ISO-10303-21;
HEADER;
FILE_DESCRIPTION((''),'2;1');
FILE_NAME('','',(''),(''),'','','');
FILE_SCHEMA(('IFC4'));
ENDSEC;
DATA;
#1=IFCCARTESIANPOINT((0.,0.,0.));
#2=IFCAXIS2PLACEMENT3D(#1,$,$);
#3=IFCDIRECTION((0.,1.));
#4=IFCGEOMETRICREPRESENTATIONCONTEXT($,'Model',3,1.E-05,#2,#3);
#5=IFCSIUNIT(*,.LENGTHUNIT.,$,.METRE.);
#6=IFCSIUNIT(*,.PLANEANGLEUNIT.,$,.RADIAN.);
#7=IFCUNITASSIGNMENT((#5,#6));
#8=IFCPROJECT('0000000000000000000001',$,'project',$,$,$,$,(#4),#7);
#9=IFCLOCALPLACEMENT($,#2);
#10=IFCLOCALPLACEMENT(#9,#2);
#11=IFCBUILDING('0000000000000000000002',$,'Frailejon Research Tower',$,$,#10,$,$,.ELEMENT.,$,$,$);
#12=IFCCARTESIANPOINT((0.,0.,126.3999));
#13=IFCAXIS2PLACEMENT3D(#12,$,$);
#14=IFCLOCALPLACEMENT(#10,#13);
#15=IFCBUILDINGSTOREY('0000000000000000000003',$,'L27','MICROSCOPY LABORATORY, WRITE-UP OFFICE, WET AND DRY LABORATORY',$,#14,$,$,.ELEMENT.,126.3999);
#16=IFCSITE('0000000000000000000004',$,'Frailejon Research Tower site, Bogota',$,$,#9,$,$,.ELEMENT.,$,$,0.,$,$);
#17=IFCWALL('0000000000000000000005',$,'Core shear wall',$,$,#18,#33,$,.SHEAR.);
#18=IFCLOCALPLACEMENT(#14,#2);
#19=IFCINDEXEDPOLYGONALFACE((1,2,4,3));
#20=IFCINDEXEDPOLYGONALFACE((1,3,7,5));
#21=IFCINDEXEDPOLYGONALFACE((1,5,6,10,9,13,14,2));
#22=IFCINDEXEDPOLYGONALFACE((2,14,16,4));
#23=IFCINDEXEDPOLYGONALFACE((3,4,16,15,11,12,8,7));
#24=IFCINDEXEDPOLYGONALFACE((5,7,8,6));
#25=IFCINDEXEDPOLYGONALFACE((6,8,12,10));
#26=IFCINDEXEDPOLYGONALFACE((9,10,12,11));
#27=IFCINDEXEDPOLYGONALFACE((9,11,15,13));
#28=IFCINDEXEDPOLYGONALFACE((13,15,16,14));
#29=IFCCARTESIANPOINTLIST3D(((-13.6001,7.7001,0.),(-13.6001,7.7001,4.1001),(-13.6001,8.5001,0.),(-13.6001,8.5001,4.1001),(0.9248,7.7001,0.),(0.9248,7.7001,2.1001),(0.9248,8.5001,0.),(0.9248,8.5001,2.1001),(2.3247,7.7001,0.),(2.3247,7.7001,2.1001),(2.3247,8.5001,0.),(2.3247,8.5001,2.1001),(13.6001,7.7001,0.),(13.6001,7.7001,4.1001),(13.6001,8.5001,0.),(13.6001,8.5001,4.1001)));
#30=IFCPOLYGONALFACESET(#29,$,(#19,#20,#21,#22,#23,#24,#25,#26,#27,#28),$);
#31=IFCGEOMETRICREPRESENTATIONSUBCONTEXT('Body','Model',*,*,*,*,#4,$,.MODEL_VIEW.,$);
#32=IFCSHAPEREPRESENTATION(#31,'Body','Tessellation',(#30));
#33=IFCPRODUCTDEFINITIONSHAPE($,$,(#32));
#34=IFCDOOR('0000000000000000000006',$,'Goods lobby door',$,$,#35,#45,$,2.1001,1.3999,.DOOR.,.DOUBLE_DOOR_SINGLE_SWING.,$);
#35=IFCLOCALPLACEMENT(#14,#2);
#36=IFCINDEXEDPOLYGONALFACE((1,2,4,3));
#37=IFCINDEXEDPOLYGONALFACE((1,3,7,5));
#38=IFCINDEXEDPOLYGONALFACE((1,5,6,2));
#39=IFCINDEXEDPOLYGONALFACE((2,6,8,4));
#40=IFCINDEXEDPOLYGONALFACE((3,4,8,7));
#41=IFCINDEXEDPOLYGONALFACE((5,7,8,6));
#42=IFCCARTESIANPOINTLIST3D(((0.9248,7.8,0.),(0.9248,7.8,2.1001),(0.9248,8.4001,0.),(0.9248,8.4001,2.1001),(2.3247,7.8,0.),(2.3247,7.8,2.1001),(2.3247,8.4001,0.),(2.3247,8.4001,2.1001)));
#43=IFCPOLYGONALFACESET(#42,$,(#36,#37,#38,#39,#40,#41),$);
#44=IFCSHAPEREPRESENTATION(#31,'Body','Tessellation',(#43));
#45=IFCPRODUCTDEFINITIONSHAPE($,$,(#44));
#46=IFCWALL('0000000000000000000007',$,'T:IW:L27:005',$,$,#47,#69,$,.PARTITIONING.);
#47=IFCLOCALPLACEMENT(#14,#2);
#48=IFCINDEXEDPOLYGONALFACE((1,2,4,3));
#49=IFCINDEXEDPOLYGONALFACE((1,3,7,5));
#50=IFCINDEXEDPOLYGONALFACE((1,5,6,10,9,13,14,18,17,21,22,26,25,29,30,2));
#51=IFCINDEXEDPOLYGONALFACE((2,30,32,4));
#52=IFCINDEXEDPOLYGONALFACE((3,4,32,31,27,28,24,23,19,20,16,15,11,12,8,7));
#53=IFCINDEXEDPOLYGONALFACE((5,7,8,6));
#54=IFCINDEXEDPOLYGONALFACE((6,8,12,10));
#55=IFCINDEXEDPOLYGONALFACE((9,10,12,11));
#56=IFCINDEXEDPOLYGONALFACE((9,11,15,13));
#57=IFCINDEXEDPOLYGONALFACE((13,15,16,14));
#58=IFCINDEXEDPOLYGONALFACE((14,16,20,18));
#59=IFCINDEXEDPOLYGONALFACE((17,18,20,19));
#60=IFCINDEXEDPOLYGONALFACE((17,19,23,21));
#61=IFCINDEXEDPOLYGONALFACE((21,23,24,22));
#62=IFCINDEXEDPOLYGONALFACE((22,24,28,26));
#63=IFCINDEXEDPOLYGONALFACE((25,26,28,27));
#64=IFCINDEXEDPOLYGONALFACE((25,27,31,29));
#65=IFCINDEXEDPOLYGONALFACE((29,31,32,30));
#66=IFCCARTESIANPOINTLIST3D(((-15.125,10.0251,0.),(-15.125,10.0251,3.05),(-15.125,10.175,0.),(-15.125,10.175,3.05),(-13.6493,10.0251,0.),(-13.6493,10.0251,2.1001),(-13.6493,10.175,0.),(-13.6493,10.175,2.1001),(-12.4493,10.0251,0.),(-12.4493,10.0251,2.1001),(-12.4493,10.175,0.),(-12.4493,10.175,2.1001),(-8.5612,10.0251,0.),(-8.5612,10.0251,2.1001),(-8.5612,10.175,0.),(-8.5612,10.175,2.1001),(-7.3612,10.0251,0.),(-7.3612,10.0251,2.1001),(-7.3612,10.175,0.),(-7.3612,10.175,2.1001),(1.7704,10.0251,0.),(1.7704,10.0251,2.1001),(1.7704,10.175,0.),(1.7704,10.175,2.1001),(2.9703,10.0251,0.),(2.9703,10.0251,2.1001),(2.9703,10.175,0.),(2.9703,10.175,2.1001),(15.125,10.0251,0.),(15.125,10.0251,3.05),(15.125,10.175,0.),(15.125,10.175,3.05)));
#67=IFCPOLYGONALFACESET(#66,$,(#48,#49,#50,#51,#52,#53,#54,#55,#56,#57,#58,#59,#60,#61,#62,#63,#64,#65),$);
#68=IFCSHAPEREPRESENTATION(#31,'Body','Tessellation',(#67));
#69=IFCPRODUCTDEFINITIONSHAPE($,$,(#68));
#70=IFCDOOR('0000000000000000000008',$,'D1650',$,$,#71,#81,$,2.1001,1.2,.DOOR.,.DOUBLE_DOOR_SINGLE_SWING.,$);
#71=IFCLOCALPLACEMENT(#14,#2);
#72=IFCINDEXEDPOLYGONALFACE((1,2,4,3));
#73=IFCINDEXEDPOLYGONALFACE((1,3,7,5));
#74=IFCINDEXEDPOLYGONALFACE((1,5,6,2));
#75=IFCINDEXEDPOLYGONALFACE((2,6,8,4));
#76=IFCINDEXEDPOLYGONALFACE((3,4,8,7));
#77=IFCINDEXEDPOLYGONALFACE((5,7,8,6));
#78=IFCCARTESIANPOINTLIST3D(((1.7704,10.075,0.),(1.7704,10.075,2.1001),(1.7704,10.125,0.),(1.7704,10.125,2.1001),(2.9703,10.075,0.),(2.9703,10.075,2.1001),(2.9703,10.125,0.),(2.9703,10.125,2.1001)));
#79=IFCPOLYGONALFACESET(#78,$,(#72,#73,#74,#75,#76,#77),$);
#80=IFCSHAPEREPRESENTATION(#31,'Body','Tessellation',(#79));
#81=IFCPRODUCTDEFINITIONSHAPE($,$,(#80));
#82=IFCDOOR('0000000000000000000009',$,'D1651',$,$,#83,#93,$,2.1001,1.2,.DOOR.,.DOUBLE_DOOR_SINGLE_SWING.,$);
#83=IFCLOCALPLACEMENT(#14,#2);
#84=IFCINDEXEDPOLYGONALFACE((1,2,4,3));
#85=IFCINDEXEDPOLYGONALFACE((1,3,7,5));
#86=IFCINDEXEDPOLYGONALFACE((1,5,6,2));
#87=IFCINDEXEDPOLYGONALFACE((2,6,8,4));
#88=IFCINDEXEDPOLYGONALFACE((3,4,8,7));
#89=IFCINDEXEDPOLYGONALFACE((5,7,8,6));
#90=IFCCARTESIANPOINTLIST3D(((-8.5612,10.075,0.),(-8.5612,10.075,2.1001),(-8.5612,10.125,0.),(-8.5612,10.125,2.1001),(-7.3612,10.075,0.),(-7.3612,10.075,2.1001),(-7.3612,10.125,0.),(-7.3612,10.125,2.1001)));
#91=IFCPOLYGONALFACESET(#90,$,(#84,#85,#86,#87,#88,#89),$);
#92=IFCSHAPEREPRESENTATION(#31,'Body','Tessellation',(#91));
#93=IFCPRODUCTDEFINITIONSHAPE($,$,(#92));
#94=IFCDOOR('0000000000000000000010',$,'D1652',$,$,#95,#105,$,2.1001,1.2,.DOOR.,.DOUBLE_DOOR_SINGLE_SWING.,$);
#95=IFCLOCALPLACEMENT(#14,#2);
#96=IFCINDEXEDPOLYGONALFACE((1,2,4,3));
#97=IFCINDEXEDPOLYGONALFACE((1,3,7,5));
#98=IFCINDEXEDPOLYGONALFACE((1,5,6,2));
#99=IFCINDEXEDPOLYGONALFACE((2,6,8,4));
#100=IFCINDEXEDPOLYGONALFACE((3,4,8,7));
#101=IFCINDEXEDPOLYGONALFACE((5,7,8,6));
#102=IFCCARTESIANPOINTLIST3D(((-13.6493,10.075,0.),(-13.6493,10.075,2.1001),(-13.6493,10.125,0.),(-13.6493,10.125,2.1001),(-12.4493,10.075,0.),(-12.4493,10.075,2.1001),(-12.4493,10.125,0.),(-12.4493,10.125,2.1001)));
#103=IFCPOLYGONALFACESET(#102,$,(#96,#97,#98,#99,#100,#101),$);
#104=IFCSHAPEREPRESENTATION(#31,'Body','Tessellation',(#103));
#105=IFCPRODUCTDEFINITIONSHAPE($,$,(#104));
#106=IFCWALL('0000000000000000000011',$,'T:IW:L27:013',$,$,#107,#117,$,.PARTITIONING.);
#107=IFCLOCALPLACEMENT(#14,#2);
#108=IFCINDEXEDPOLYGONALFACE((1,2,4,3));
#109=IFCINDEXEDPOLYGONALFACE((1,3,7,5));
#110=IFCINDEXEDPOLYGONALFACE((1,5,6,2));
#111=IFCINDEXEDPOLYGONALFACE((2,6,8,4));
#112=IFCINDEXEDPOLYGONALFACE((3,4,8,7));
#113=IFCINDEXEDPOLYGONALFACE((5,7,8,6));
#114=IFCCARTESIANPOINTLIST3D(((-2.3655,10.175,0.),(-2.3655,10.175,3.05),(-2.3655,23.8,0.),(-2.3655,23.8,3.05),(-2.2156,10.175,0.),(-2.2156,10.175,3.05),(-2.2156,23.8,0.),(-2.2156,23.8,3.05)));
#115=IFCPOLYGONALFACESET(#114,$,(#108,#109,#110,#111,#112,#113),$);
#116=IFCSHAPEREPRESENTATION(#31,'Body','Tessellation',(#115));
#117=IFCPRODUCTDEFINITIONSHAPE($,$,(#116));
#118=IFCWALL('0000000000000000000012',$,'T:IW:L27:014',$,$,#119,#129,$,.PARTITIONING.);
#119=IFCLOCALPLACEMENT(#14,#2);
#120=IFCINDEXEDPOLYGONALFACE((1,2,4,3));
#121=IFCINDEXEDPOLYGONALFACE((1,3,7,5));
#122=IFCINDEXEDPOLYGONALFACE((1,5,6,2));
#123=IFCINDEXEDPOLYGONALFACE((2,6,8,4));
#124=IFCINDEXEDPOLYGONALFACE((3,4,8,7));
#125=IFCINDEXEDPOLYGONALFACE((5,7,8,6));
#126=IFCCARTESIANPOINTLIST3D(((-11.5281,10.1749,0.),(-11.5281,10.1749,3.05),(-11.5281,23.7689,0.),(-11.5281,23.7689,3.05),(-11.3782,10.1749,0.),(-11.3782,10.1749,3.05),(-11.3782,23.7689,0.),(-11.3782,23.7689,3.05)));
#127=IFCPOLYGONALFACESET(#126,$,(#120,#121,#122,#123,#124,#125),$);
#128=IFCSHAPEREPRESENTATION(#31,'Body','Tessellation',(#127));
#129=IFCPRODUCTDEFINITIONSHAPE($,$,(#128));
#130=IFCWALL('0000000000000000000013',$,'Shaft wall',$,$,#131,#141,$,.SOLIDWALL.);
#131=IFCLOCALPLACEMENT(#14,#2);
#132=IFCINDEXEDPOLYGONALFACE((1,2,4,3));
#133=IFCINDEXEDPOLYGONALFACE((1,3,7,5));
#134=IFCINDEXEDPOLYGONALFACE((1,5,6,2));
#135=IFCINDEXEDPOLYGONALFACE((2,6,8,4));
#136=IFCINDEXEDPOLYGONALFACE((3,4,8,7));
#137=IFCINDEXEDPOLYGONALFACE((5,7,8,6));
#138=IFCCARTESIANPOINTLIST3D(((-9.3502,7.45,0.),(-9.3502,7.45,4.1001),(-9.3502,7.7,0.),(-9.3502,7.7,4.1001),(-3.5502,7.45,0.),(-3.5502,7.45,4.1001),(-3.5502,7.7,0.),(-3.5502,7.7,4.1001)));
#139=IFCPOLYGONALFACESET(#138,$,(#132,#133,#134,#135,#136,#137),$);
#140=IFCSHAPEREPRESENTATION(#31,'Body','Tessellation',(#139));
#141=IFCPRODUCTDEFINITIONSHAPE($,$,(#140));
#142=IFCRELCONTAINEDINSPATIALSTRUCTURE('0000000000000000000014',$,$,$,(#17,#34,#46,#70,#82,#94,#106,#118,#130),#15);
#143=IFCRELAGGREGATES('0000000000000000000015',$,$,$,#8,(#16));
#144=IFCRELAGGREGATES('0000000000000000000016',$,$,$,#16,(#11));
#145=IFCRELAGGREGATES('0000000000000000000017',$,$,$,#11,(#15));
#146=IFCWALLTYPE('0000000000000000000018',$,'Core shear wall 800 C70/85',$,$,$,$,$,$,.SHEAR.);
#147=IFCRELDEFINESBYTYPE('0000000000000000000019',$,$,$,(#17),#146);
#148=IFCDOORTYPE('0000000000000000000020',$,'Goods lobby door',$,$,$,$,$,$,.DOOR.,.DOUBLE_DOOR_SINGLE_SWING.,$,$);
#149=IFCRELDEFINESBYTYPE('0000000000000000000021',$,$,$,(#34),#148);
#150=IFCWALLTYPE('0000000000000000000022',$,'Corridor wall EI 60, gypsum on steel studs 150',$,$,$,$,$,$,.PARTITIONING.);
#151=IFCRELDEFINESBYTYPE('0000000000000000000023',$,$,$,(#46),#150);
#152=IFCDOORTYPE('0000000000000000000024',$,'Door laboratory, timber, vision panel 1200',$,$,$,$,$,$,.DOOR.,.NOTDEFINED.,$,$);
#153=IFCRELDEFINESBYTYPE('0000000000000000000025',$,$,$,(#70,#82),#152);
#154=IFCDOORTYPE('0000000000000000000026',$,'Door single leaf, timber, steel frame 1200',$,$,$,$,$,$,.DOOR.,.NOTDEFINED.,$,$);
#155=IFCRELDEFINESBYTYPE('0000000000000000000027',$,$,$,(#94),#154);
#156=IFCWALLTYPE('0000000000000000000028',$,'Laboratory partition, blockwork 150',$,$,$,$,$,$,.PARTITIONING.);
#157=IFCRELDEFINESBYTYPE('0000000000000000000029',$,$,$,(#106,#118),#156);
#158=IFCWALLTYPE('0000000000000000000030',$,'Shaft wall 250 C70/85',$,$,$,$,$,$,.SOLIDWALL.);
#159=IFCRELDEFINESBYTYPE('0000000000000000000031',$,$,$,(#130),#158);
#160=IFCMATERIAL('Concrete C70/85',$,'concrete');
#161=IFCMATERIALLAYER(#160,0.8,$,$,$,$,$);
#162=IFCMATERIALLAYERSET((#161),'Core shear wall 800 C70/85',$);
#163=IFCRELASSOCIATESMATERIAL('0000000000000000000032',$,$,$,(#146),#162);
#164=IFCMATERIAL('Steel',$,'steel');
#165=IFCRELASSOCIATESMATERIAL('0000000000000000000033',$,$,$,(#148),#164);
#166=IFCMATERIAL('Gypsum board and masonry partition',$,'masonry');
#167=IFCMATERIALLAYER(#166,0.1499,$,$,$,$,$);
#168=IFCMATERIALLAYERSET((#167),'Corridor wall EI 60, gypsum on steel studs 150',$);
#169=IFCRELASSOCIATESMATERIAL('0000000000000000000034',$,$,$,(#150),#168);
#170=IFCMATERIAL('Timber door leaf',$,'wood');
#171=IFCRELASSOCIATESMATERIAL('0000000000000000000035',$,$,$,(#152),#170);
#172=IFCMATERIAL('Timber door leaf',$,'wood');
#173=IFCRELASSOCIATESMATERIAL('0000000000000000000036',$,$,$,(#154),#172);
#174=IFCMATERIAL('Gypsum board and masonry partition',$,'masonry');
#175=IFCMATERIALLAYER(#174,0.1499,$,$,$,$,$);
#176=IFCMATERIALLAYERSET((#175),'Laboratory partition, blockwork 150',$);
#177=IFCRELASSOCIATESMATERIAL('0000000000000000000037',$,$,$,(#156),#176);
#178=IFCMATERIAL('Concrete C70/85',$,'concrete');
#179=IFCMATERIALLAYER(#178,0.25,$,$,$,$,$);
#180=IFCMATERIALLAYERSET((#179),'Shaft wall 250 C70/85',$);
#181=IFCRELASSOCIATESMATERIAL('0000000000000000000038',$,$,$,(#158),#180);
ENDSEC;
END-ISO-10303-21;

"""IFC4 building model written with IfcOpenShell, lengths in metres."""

from ifc_helpers import new_model, si_unit, direction, frame, frame_2d, origin, place, context, subcontext, project, spatial, rectangle, extrude, material, layer, layer_set, type_object, element, fill, save


model = new_model("IFC4")

# Units and contexts
model_context = context("Model", 3, precision=1e-05, world=origin(), true_north=direction((0.0, 1.0)))
body_context = subcontext(model_context, "Body", "Model", "MODEL_VIEW")
ifc_project = project(units=[si_unit("LENGTHUNIT", "METRE"), si_unit("PLANEANGLEUNIT", "RADIAN")], contexts=[model_context])

# Site, building, storey
site_placement = place(None, origin())
site = spatial("IfcSite", under=ifc_project, at=site_placement, Name="Frailejon Research Tower site, Bogota", CompositionType="ELEMENT", RefElevation=0.0)
building_placement = place(site_placement, origin())
building = spatial("IfcBuilding", under=site, at=building_placement, Name="Frailejon Research Tower", CompositionType="ELEMENT")
storey_placement = place(building_placement, frame((0.0, 0.0, 126.3999)))
storey = spatial("IfcBuildingStorey", under=building, at=storey_placement, Name="L27", Description="MICROSCOPY LABORATORY, WRITE-UP OFFICE, WET AND DRY LABORATORY", CompositionType="ELEMENT", Elevation=126.3999)

# Wall, opening, door
ifc_material_1 = material(Name="Concrete C70/85", Category="concrete")
ifc_layer_1 = layer(ifc_material_1, 0.8)
ifc_layer_set_1 = layer_set([ifc_layer_1], Name="Core shear wall 800 C70/85")
wall_type_1 = type_object("IfcWallType", Name="Core shear wall 800 C70/85", PredefinedType="SHEAR", material=ifc_layer_set_1)
wall_1_placement = place(storey_placement, frame((-13.6001, 8.1001, 0.0), z_axis=(0.0, 0.0, 1.0), x_axis=(1.0, 0.0, 0.0)))
wall_1 = element("IfcWall", 1, at=wall_1_placement, inside=storey, type_object=wall_type_1, Name="Core shear wall", PredefinedType="SHEAR", context=body_context, shape_type="SweptSolid", body=[
    extrude(rectangle(XDim=27.2002, YDim=0.8, at=frame_2d((13.6001, 0.0))), origin(), (0.0, 0.0, 1.0), 4.1001),
])
opening_1_placement = place(wall_1_placement, frame((14.5249, 0.0, 0.0)))
opening_1 = element("IfcOpeningElement", 2, at=opening_1_placement, cuts=wall_1, PredefinedType="OPENING", context=body_context, shape_type="SweptSolid", body=[
    extrude(rectangle(XDim=1.3999, YDim=2.1001, at=frame_2d((0.7, 1.05))), frame((0.0, 0.4099, 0.0), z_axis=(0.0, -1.0, 0.0), x_axis=(1.0, 0.0, 0.0)), (0.0, 0.0, 1.0), 0.8201),
])
ifc_material_2 = material(Name="Steel", Category="steel")
door_type_1 = type_object("IfcDoorType", Name="Goods lobby door", OperationType="DOUBLE_DOOR_SINGLE_SWING", PredefinedType="DOOR", material=ifc_material_2)
door_1_placement = place(opening_1_placement, origin())
door_1 = element("IfcDoor", 3, at=door_1_placement, inside=storey, type_object=door_type_1, Name="Goods lobby door", OperationType="DOUBLE_DOOR_SINGLE_SWING", OverallHeight=2.1001, OverallWidth=1.3999, PredefinedType="DOOR", context=body_context, shape_type="SweptSolid", body=[
    extrude(rectangle(XDim=1.3999, YDim=2.1001, at=frame_2d((0.7, 1.05))), frame((0.0, 0.3, 0.0), z_axis=(0.0, -1.0, 0.0), x_axis=(1.0, 0.0, 0.0)), (0.0, 0.0, 1.0), 0.6001),
])
fill(opening_1, door_1)

# Wall, openings, doors
ifc_material_3 = material(Name="Gypsum board and masonry partition", Category="masonry")
ifc_layer_2 = layer(ifc_material_3, 0.1499)
ifc_layer_set_2 = layer_set([ifc_layer_2], Name="Corridor wall EI 60, gypsum on steel studs 150")
wall_type_2 = type_object("IfcWallType", Name="Corridor wall EI 60, gypsum on steel studs 150", PredefinedType="PARTITIONING", material=ifc_layer_set_2)
wall_2_placement = place(storey_placement, frame((-15.125, 10.1001, 0.0), z_axis=(0.0, 0.0, 1.0), x_axis=(1.0, 0.0, 0.0)))
wall_2 = element("IfcWall", 4, at=wall_2_placement, inside=storey, type_object=wall_type_2, Name="T:IW:L27:005", PredefinedType="PARTITIONING", context=body_context, shape_type="SweptSolid", body=[
    extrude(rectangle(XDim=30.25, YDim=0.1499, at=frame_2d((15.125, 0.0))), origin(), (0.0, 0.0, 1.0), 3.05),
])
opening_2_placement = place(wall_2_placement, frame((16.8953, 0.0, 0.0)))
opening_2 = element("IfcOpeningElement", 5, at=opening_2_placement, cuts=wall_2, PredefinedType="OPENING", context=body_context, shape_type="SweptSolid", body=[
    extrude(rectangle(XDim=1.2, YDim=2.1001, at=frame_2d((0.6001, 1.05))), frame((0.0, 0.085, 0.0), z_axis=(0.0, -1.0, 0.0), x_axis=(1.0, 0.0, 0.0)), (0.0, 0.0, 1.0), 0.1699),
])
opening_3_placement = place(wall_2_placement, frame((6.5637, 0.0, 0.0)))
opening_3 = element("IfcOpeningElement", 6, at=opening_3_placement, cuts=wall_2, PredefinedType="OPENING", context=body_context, shape_type="SweptSolid", body=[
    extrude(rectangle(XDim=1.2, YDim=2.1001, at=frame_2d((0.6001, 1.05))), frame((0.0, 0.085, 0.0), z_axis=(0.0, -1.0, 0.0), x_axis=(1.0, 0.0, 0.0)), (0.0, 0.0, 1.0), 0.1699),
])
opening_4_placement = place(wall_2_placement, frame((1.4756, 0.0, 0.0)))
opening_4 = element("IfcOpeningElement", 7, at=opening_4_placement, cuts=wall_2, PredefinedType="OPENING", context=body_context, shape_type="SweptSolid", body=[
    extrude(rectangle(XDim=1.2, YDim=2.1001, at=frame_2d((0.6001, 1.05))), frame((0.0, 0.085, 0.0), z_axis=(0.0, -1.0, 0.0), x_axis=(1.0, 0.0, 0.0)), (0.0, 0.0, 1.0), 0.1699),
])
ifc_material_4 = material(Name="Timber door leaf", Category="wood")
door_type_2 = type_object("IfcDoorType", Name="Door laboratory, timber, vision panel 1200", OperationType="NOTDEFINED", PredefinedType="DOOR", material=ifc_material_4)
door_2_placement = place(opening_2_placement, origin())
door_2 = element("IfcDoor", 8, at=door_2_placement, inside=storey, type_object=door_type_2, Name="D1650", OperationType="DOUBLE_DOOR_SINGLE_SWING", OverallHeight=2.1001, OverallWidth=1.2, PredefinedType="DOOR", context=body_context, shape_type="SweptSolid", body=[
    extrude(rectangle(XDim=1.2, YDim=2.1001, at=frame_2d((0.6001, 1.05))), frame((0.0, 0.0249, 0.0), z_axis=(0.0, -1.0, 0.0), x_axis=(1.0, 0.0, 0.0)), (0.0, 0.0, 1.0), 0.05),
])
fill(opening_2, door_2)
door_3_placement = place(opening_3_placement, origin())
door_3 = element("IfcDoor", 9, at=door_3_placement, inside=storey, type_object=door_type_2, Name="D1651", OperationType="DOUBLE_DOOR_SINGLE_SWING", OverallHeight=2.1001, OverallWidth=1.2, PredefinedType="DOOR", context=body_context, shape_type="SweptSolid", body=[
    extrude(rectangle(XDim=1.2, YDim=2.1001, at=frame_2d((0.6001, 1.05))), frame((0.0, 0.0249, 0.0), z_axis=(0.0, -1.0, 0.0), x_axis=(1.0, 0.0, 0.0)), (0.0, 0.0, 1.0), 0.05),
])
fill(opening_3, door_3)
ifc_material_5 = material(Name="Timber door leaf", Category="wood")
door_type_3 = type_object("IfcDoorType", Name="Door single leaf, timber, steel frame 1200", OperationType="NOTDEFINED", PredefinedType="DOOR", material=ifc_material_5)
door_4_placement = place(opening_4_placement, origin())
door_4 = element("IfcDoor", 10, at=door_4_placement, inside=storey, type_object=door_type_3, Name="D1652", OperationType="DOUBLE_DOOR_SINGLE_SWING", OverallHeight=2.1001, OverallWidth=1.2, PredefinedType="DOOR", context=body_context, shape_type="SweptSolid", body=[
    extrude(rectangle(XDim=1.2, YDim=2.1001, at=frame_2d((0.6001, 1.05))), frame((0.0, 0.0249, 0.0), z_axis=(0.0, -1.0, 0.0), x_axis=(1.0, 0.0, 0.0)), (0.0, 0.0, 1.0), 0.05),
])
fill(opening_4, door_4)

# Walls
ifc_material_6 = material(Name="Gypsum board and masonry partition", Category="masonry")
ifc_layer_3 = layer(ifc_material_6, 0.1499)
ifc_layer_set_3 = layer_set([ifc_layer_3], Name="Laboratory partition, blockwork 150")
wall_type_3 = type_object("IfcWallType", Name="Laboratory partition, blockwork 150", PredefinedType="PARTITIONING", material=ifc_layer_set_3)
wall_3_placement = place(storey_placement, frame((-2.2905, 10.175, 0.0), z_axis=(0.0, 0.0, 1.0), x_axis=(0.0, 1.0, 0.0)))
element("IfcWall", 11, at=wall_3_placement, inside=storey, type_object=wall_type_3, Name="T:IW:L27:013", PredefinedType="PARTITIONING", context=body_context, shape_type="SweptSolid", body=[
    extrude(rectangle(XDim=13.625, YDim=0.1499, at=frame_2d((6.8125, 0.0))), origin(), (0.0, 0.0, 1.0), 3.05),
])
wall_4_placement = place(storey_placement, frame((-11.4531, 10.175, 0.0), z_axis=(0.0, 0.0, 1.0), x_axis=(0.0, 1.0, 0.0)))
element("IfcWall", 12, at=wall_4_placement, inside=storey, type_object=wall_type_3, Name="T:IW:L27:014", PredefinedType="PARTITIONING", context=body_context, shape_type="SweptSolid", body=[
    extrude(rectangle(XDim=13.594, YDim=0.1499, at=frame_2d((6.7969, 0.0))), origin(), (0.0, 0.0, 1.0), 3.05),
])
ifc_material_7 = material(Name="Concrete C70/85", Category="concrete")
ifc_layer_4 = layer(ifc_material_7, 0.25)
ifc_layer_set_4 = layer_set([ifc_layer_4], Name="Shaft wall 250 C70/85")
wall_type_4 = type_object("IfcWallType", Name="Shaft wall 250 C70/85", PredefinedType="SOLIDWALL", material=ifc_layer_set_4)
wall_5_placement = place(storey_placement, frame((-9.3501, 7.575, 0.0), z_axis=(0.0, 0.0, 1.0), x_axis=(1.0, 0.0, 0.0)))
element("IfcWall", 13, at=wall_5_placement, inside=storey, type_object=wall_type_4, Name="Shaft wall", PredefinedType="SOLIDWALL", context=body_context, shape_type="SweptSolid", body=[
    extrude(rectangle(XDim=5.8, YDim=0.25, at=frame_2d((2.8999, 0.0))), origin(), (0.0, 0.0, 1.0), 4.1001),
])

save(model, "model.ifc")
